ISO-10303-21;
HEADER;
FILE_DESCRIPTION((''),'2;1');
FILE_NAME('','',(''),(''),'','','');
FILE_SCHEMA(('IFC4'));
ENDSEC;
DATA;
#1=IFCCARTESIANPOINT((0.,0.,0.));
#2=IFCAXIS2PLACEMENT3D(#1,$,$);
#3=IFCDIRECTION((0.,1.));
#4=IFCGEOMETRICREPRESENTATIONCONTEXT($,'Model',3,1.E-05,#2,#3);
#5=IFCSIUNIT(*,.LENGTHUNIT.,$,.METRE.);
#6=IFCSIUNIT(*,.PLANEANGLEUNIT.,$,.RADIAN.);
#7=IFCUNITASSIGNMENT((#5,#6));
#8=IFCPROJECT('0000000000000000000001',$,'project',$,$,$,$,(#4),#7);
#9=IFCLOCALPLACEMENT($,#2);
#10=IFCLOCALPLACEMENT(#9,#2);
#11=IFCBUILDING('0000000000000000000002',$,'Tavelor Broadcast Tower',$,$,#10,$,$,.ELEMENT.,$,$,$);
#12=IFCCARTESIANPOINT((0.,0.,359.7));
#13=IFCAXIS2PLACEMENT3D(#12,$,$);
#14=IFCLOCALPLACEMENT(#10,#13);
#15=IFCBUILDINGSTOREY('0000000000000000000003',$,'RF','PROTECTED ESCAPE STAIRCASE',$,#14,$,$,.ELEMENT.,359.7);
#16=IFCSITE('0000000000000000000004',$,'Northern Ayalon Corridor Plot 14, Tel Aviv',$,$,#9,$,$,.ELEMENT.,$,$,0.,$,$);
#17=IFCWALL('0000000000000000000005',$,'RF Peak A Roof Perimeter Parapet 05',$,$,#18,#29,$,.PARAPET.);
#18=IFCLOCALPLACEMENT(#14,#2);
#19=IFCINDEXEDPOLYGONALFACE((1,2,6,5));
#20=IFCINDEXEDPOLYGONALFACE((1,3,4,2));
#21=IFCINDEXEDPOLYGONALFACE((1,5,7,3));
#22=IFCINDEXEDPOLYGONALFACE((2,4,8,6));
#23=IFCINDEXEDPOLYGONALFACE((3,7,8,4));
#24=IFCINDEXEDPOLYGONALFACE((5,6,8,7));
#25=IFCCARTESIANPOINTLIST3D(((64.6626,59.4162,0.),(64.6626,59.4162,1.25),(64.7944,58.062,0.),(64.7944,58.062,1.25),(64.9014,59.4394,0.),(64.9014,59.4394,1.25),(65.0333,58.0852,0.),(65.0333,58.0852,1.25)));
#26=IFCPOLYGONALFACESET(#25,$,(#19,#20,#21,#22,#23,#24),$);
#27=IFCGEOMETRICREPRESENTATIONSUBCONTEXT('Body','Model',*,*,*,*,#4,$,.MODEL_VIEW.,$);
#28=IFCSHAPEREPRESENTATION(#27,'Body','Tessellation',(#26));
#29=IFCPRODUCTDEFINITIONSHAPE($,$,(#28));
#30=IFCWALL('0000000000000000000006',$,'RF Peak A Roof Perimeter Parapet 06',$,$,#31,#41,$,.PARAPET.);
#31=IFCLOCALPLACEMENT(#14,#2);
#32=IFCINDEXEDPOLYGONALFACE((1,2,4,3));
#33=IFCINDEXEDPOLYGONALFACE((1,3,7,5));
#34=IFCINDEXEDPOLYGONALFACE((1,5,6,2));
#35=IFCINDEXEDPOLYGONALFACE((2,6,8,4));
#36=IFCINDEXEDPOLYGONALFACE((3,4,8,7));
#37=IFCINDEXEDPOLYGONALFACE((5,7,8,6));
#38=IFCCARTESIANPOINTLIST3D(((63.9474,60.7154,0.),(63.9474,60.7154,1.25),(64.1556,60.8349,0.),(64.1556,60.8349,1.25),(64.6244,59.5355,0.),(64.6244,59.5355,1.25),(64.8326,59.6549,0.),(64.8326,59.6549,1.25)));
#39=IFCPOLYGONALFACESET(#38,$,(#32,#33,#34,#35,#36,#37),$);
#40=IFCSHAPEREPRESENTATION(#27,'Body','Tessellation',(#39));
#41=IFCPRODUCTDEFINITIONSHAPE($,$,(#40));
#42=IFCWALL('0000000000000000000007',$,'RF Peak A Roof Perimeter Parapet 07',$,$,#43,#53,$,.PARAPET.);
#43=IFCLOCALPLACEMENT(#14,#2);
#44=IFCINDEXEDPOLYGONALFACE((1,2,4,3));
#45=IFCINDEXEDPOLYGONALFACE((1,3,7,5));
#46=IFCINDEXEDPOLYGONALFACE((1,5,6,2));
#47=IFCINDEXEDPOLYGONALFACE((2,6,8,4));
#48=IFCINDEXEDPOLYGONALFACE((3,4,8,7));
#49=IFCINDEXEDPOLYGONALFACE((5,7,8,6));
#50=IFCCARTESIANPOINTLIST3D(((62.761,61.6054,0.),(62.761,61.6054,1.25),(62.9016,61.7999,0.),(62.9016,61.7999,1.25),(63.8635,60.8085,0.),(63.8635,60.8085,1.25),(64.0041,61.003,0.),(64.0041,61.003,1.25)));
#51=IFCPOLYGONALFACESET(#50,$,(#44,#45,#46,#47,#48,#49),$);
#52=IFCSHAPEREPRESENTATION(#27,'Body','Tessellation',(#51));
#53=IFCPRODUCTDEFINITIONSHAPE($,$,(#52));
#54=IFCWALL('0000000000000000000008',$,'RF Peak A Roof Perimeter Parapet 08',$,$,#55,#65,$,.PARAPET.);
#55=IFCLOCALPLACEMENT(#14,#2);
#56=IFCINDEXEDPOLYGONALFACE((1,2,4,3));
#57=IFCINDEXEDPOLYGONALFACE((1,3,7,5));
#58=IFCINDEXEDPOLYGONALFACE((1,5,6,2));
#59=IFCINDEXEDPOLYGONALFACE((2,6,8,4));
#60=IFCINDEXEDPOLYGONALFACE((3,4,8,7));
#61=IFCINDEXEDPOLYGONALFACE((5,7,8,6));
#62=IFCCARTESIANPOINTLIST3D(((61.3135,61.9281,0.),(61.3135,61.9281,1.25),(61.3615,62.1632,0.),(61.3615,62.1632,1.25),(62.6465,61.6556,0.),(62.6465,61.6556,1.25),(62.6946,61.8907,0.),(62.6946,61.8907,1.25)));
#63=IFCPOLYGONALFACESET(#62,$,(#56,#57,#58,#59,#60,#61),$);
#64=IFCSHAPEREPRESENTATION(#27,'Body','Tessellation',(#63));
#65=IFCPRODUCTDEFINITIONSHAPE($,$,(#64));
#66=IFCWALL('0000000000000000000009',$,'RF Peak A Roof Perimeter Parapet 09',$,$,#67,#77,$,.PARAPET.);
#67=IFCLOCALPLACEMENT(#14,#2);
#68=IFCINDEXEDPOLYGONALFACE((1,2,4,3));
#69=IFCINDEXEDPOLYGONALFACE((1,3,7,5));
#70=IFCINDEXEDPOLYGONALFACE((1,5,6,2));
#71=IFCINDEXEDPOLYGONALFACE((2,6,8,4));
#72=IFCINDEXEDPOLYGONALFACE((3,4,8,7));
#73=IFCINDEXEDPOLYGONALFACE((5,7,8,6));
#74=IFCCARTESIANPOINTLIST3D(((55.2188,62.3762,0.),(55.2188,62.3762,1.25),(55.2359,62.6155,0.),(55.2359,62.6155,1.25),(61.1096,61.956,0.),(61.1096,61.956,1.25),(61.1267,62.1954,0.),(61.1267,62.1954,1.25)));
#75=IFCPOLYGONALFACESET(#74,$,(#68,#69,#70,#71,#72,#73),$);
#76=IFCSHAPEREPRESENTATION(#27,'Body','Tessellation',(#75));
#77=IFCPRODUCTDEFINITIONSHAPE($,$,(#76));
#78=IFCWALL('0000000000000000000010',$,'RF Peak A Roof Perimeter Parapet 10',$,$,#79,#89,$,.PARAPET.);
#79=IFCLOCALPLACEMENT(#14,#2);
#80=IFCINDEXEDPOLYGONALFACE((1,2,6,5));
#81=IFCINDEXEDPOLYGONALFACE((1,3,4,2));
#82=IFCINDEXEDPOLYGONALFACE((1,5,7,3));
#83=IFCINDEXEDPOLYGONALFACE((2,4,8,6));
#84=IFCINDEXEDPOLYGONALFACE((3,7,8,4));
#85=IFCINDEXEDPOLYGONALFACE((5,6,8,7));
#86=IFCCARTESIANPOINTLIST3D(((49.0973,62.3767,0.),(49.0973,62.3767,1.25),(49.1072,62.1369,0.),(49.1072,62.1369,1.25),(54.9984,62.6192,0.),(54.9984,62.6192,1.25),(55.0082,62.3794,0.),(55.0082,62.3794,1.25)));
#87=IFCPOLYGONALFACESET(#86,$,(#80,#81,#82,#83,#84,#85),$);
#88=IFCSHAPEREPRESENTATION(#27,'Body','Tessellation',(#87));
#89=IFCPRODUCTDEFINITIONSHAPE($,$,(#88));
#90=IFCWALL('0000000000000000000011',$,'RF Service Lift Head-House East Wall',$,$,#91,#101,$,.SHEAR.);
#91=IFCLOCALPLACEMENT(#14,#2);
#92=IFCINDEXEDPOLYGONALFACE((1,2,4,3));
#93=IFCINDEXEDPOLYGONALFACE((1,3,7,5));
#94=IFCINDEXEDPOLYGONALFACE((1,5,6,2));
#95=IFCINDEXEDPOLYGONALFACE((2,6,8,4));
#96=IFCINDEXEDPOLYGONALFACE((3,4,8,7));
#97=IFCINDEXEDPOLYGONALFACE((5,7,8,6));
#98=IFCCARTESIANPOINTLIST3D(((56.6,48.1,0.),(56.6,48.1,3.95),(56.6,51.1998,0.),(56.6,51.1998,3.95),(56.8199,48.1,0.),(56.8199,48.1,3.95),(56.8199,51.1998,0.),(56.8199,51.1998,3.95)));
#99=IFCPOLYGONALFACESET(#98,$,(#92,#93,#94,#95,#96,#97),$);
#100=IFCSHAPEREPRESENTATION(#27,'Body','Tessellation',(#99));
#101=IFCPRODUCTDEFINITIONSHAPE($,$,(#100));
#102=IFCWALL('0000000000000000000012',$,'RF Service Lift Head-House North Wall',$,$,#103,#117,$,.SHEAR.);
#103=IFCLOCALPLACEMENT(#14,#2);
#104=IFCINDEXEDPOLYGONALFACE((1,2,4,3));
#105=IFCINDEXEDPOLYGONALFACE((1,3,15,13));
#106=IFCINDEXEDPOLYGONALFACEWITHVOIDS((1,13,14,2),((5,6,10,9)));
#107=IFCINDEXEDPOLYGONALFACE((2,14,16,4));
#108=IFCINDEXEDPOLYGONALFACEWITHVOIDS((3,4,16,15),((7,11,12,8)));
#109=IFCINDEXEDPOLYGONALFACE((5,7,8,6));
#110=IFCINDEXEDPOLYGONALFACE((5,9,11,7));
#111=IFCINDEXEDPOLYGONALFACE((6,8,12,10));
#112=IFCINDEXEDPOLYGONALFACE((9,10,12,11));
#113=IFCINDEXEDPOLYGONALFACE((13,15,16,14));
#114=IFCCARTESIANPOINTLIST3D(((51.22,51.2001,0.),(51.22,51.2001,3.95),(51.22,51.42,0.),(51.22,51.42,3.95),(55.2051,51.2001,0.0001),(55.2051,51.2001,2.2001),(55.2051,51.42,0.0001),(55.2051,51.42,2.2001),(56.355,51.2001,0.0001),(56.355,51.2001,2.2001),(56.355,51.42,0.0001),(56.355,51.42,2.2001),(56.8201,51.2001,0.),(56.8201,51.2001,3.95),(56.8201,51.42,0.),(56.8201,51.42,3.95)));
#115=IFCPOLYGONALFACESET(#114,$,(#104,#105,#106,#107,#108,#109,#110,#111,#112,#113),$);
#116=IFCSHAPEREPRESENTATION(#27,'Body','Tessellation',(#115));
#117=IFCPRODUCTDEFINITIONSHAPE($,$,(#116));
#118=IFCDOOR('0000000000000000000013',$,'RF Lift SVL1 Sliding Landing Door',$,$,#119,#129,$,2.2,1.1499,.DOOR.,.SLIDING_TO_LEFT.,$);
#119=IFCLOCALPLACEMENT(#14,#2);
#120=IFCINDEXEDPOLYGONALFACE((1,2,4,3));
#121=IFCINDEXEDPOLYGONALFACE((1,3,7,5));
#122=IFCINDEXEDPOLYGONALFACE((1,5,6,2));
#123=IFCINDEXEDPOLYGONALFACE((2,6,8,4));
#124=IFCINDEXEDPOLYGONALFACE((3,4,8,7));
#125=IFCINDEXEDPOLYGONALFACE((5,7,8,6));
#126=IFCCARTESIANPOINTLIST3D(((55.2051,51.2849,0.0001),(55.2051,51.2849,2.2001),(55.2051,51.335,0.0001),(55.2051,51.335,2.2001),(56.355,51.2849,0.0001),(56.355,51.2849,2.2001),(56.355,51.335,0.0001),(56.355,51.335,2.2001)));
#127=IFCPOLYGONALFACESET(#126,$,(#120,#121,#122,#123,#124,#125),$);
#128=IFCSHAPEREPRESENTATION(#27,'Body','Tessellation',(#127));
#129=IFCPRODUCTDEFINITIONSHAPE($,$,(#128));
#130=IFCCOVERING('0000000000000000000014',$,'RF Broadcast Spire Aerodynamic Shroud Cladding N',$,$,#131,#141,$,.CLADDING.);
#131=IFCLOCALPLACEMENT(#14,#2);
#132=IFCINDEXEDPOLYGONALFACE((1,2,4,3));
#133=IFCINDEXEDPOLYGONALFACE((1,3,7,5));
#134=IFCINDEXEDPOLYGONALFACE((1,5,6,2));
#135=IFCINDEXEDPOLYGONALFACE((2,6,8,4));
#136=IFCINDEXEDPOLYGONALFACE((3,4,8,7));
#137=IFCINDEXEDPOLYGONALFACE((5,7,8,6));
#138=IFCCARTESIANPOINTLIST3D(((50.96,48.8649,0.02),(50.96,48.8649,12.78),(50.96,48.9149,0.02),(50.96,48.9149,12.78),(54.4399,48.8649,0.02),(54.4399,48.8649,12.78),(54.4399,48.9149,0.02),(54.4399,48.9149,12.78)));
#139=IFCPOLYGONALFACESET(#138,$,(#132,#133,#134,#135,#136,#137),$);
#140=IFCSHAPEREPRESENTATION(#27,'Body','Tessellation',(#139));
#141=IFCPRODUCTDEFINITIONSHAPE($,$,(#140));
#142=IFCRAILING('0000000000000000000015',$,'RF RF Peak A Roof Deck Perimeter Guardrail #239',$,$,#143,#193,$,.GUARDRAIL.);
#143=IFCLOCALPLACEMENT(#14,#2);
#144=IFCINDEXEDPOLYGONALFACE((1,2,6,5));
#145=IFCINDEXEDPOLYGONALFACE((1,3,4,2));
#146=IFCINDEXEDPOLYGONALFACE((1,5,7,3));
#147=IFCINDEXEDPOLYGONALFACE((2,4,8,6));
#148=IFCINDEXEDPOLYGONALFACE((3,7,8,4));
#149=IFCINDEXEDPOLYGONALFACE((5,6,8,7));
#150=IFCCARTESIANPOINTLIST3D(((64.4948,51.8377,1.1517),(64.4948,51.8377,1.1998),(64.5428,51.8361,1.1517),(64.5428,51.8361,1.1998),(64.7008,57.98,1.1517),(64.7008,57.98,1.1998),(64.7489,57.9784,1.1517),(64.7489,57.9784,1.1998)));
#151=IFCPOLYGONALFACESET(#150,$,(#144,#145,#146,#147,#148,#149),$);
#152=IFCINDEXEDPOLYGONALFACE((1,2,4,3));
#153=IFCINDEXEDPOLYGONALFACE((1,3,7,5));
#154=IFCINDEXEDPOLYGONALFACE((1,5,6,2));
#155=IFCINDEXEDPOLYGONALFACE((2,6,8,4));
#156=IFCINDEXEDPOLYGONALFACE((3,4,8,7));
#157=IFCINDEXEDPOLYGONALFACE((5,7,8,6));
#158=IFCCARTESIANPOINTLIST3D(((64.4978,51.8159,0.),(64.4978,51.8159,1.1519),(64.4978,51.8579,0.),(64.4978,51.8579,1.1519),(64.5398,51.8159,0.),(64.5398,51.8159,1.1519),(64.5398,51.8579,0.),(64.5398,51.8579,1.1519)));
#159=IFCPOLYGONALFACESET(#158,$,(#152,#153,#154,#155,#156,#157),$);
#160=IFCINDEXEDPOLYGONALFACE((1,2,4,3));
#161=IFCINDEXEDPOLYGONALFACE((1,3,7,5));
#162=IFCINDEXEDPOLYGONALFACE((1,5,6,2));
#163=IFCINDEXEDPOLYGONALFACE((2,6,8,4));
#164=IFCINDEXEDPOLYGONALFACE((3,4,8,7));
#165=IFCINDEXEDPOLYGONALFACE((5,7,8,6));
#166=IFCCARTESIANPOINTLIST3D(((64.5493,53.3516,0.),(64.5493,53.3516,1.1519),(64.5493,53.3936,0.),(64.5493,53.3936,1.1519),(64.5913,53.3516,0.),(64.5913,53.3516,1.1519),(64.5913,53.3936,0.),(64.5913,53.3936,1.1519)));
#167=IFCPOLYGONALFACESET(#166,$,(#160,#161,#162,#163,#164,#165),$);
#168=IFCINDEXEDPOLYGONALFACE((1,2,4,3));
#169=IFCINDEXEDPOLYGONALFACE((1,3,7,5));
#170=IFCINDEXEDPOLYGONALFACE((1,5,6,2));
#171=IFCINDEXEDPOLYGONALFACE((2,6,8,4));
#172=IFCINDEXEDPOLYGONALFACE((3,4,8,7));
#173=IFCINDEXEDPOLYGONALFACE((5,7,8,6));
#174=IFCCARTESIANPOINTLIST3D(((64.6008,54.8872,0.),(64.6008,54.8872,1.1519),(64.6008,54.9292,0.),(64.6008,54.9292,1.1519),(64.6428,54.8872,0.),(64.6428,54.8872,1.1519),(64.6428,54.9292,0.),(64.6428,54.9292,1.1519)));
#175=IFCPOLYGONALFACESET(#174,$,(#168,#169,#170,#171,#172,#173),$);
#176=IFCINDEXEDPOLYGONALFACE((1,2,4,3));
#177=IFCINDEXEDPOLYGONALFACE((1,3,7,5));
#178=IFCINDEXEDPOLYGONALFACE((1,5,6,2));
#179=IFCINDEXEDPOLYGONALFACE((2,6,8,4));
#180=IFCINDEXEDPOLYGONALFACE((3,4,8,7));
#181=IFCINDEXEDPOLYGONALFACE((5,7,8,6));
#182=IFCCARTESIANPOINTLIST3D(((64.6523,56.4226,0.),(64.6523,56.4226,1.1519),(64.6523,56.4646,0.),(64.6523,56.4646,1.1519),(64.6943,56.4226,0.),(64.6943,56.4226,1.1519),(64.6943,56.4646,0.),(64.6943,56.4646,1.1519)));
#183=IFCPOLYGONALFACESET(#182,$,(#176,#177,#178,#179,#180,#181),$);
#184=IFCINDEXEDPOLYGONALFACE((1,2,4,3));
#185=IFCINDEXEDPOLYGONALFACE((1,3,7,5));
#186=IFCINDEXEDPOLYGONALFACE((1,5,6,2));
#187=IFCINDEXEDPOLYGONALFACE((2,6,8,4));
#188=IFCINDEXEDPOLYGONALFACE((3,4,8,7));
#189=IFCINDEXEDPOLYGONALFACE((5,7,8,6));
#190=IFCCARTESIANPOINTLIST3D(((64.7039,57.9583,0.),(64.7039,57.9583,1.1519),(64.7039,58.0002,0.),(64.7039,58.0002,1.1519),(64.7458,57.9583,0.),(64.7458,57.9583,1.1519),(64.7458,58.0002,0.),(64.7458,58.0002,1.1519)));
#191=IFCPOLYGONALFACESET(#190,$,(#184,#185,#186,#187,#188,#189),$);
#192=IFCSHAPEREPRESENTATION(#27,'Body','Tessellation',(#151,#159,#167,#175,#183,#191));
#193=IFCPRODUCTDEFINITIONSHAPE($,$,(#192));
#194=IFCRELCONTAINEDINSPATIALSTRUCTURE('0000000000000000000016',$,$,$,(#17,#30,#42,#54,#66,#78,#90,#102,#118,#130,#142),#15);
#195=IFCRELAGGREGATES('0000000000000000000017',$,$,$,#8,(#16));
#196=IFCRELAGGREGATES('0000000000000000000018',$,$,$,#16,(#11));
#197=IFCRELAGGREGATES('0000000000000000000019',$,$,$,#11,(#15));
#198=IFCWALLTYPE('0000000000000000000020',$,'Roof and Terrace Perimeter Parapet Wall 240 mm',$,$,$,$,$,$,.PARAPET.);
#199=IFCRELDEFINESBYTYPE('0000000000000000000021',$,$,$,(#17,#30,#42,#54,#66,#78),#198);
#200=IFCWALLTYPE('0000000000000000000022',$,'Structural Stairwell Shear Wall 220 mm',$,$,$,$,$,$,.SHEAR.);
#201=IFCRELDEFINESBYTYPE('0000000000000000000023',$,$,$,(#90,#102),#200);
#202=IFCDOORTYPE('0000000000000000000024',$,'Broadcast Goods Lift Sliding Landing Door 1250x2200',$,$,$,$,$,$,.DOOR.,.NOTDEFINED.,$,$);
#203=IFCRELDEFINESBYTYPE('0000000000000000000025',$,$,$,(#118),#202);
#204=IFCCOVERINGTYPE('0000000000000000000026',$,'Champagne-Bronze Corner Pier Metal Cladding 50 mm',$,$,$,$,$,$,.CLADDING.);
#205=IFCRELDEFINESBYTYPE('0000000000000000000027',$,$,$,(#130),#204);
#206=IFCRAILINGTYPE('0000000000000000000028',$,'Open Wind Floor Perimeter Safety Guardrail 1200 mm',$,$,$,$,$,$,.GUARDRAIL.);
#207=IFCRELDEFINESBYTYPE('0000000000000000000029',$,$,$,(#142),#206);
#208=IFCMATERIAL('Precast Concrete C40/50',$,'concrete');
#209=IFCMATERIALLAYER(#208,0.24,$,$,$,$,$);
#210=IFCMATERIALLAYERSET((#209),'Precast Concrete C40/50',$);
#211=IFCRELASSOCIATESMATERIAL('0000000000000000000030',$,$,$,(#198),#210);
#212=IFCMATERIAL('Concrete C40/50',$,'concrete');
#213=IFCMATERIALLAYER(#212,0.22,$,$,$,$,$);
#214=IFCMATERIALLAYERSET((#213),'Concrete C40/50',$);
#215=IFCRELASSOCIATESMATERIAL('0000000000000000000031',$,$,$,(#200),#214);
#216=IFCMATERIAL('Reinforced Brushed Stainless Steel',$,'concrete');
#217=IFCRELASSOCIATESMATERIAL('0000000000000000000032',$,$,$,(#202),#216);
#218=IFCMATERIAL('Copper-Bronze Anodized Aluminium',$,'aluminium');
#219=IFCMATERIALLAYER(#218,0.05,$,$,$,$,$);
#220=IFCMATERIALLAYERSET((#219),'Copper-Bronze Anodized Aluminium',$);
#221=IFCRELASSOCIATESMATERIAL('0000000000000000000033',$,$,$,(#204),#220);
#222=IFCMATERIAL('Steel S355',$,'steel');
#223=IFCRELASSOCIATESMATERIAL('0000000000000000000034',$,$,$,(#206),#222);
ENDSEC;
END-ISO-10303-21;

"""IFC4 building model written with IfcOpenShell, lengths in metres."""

from ifc_helpers import new_model, si_unit, direction, frame, frame_2d, origin, origin_2d, place, context, subcontext, project, spatial, rectangle, extrude, material, layer, layer_set, type_object, element, fill, save


model = new_model("IFC4")

# Units and contexts
model_context = context("Model", 3, precision=1e-05, world=origin(), true_north=direction((0.0, 1.0)))
body_context = subcontext(model_context, "Body", "Model", "MODEL_VIEW")
ifc_project = project(units=[si_unit("LENGTHUNIT", "METRE"), si_unit("PLANEANGLEUNIT", "RADIAN")], contexts=[model_context])

# Site, building, storey
site_placement = place(None, origin())
site = spatial("IfcSite", under=ifc_project, at=site_placement, Name="Northern Ayalon Corridor Plot 14, Tel Aviv", CompositionType="ELEMENT", RefElevation=0.0)
building_placement = place(site_placement, origin())
building = spatial("IfcBuilding", under=site, at=building_placement, Name="Tavelor Broadcast Tower", CompositionType="ELEMENT")
storey_placement = place(building_placement, frame((0.0, 0.0, 359.7)))
storey = spatial("IfcBuildingStorey", under=building, at=storey_placement, Name="RF", Description="PROTECTED ESCAPE STAIRCASE", CompositionType="ELEMENT", Elevation=359.7)

# Shared definitions
ifc_material_1 = material(Name="Steel S355", Category="steel")

# Walls
ifc_material_2 = material(Name="Precast Concrete C40/50", Category="concrete")
ifc_layer_1 = layer(ifc_material_2, 0.24)
ifc_layer_set_1 = layer_set([ifc_layer_1], Name="Precast Concrete C40/50")
wall_type_1 = type_object("IfcWallType", Name="Roof and Terrace Perimeter Parapet Wall 240 mm", PredefinedType="PARAPET", material=ifc_layer_set_1)
wall_1_placement = place(storey_placement, frame((64.9138, 58.0737, 0.0), z_axis=(0.0, 0.0, 1.0), x_axis=(-0.096892, 0.995295, 0.0)))
element("IfcWall", 1, at=wall_1_placement, inside=storey, type_object=wall_type_1, Name="RF Peak A Roof Perimeter Parapet 05", PredefinedType="PARAPET", context=body_context, shape_type="SweptSolid", body=[
    extrude(rectangle(XDim=1.3606, YDim=0.24, at=frame_2d((0.6802, 0.0))), origin(), (0.0, 0.0, 1.0), 1.25),
])
for number, where, z_axis, x_axis, name in (
    (2, (64.7285, 59.5952, 0.0), (0.0, 0.0, 1.0), (-0.497665, 0.867369, 0.0), "RF Peak A Roof Perimeter Parapet 06"),
    (3, (63.9338, 60.9058, 0.0), (0.0, 0.0, 1.0), (-0.810471, 0.585779, 0.0), "RF Peak A Roof Perimeter Parapet 07"),
):
    element("IfcWall", number, at=place(storey_placement, frame(where, z_axis=z_axis, x_axis=x_axis)), inside=storey, type_object=wall_type_1, Name=name, PredefinedType="PARAPET", context=body_context, shape_type="SweptSolid", body=[
        extrude(rectangle(XDim=1.3604, YDim=0.24, at=frame_2d((0.6802, 0.0))), origin(), (0.0, 0.0, 1.0), 1.25),
    ])
wall_2_placement = place(storey_placement, frame((62.6704, 61.7732, 0.0), z_axis=(0.0, 0.0, 1.0), x_axis=(-0.979744, 0.200255, 0.0)))
element("IfcWall", 4, at=wall_2_placement, inside=storey, type_object=wall_type_1, Name="RF Peak A Roof Perimeter Parapet 08", PredefinedType="PARAPET", context=body_context, shape_type="SweptSolid", body=[
    extrude(rectangle(XDim=1.3606, YDim=0.24, at=frame_2d((0.6802, 0.0))), origin(), (0.0, 0.0, 1.0), 1.25),
])
wall_3_placement = place(storey_placement, frame((61.1182, 62.0757, 0.0), z_axis=(0.0, 0.0, 1.0), x_axis=(-0.997466, 0.071144, 0.0)))
element("IfcWall", 5, at=wall_3_placement, inside=storey, type_object=wall_type_1, Name="RF Peak A Roof Perimeter Parapet 09", PredefinedType="PARAPET", context=body_context, shape_type="SweptSolid", body=[
    extrude(rectangle(XDim=5.9058, YDim=0.24, at=frame_2d((2.9529, 0.0))), origin(), (0.0, 0.0, 1.0), 1.25),
])
wall_4_placement = place(storey_placement, frame((55.0034, 62.4993, 0.0), z_axis=(0.0, 0.0, 1.0), x_axis=(-0.999157, -0.041048, 0.0)))
element("IfcWall", 6, at=wall_4_placement, inside=storey, type_object=wall_type_1, Name="RF Peak A Roof Perimeter Parapet 10", PredefinedType="PARAPET", context=body_context, shape_type="SweptSolid", body=[
    extrude(rectangle(XDim=5.906, YDim=0.24, at=frame_2d((2.9531, 0.0))), origin(), (0.0, 0.0, 1.0), 1.25),
])
ifc_material_3 = material(Name="Concrete C40/50", Category="concrete")
ifc_layer_2 = layer(ifc_material_3, 0.22)
ifc_layer_set_2 = layer_set([ifc_layer_2], Name="Concrete C40/50")
wall_type_2 = type_object("IfcWallType", Name="Structural Stairwell Shear Wall 220 mm", PredefinedType="SHEAR", material=ifc_layer_set_2)
wall_5_placement = place(storey_placement, frame((56.71, 48.1001, 0.0), z_axis=(0.0, 0.0, 1.0), x_axis=(0.0, 1.0, 0.0)))
element("IfcWall", 7, at=wall_5_placement, inside=storey, type_object=wall_type_2, Name="RF Service Lift Head-House East Wall", PredefinedType="SHEAR", context=body_context, shape_type="SweptSolid", body=[
    extrude(rectangle(XDim=3.0999, YDim=0.22, at=frame_2d((1.5498, 0.0))), origin(), (0.0, 0.0, 1.0), 3.95),
])

# Wall, opening, door
wall_6_placement = place(storey_placement, frame((51.22, 51.3101, 0.0), z_axis=(0.0, 0.0, 1.0), x_axis=(1.0, 0.0, 0.0)))
wall_6 = element("IfcWall", 8, at=wall_6_placement, inside=storey, type_object=wall_type_2, Name="RF Service Lift Head-House North Wall", PredefinedType="SHEAR", context=body_context, shape_type="SweptSolid", body=[
    extrude(rectangle(XDim=5.6001, YDim=0.22, at=frame_2d((2.8, 0.0))), origin(), (0.0, 0.0, 1.0), 3.95),
])
opening_placement = place(wall_6_placement, frame((3.9851, 0.0, 0.0)))
opening = element("IfcOpeningElement", 9, at=opening_placement, cuts=wall_6, PredefinedType="OPENING", context=body_context, shape_type="SweptSolid", body=[
    extrude(rectangle(XDim=1.1499, YDim=2.2, at=frame_2d((0.575, 1.1001))), frame((0.0, 0.1201, 0.0), z_axis=(0.0, -1.0, 0.0), x_axis=(1.0, 0.0, 0.0)), (0.0, 0.0, 1.0), 0.24),
])
ifc_material_4 = material(Name="Reinforced Brushed Stainless Steel", Category="concrete")
door_type = type_object("IfcDoorType", Name="Broadcast Goods Lift Sliding Landing Door 1250x2200", OperationType="NOTDEFINED", PredefinedType="DOOR", material=ifc_material_4)
door_placement = place(opening_placement, origin())
door = element("IfcDoor", 10, at=door_placement, inside=storey, type_object=door_type, Name="RF Lift SVL1 Sliding Landing Door", OperationType="SLIDING_TO_LEFT", OverallHeight=2.2, OverallWidth=1.1499, PredefinedType="DOOR", context=body_context, shape_type="SweptSolid", body=[
    extrude(rectangle(XDim=1.1499, YDim=2.2, at=frame_2d((0.575, 1.1001))), frame((0.0, 0.0249, 0.0), z_axis=(0.0, -1.0, 0.0), x_axis=(1.0, 0.0, 0.0)), (0.0, 0.0, 1.0), 0.05),
])
fill(opening, door)

# Covering
ifc_material_5 = material(Name="Copper-Bronze Anodized Aluminium", Category="aluminium")
ifc_layer_3 = layer(ifc_material_5, 0.05)
ifc_layer_set_3 = layer_set([ifc_layer_3], Name="Copper-Bronze Anodized Aluminium")
covering_type = type_object("IfcCoveringType", Name="Champagne-Bronze Corner Pier Metal Cladding 50 mm", PredefinedType="CLADDING", material=ifc_layer_set_3)
covering_placement = place(storey_placement, frame((52.7, 48.8899, 0.02), z_axis=(0.0, 0.0, 1.0), x_axis=(1.0, 0.0, 0.0)))
element("IfcCovering", 11, at=covering_placement, inside=storey, type_object=covering_type, Name="RF Broadcast Spire Aerodynamic Shroud Cladding N", PredefinedType="CLADDING", context=body_context, shape_type="SweptSolid", body=[
    extrude(rectangle(XDim=3.48, YDim=0.05, at=origin_2d()), origin(), (0.0, 0.0, 1.0), 12.76),
])

# Railing
railing_type = type_object("IfcRailingType", Name="Open Wind Floor Perimeter Safety Guardrail 1200 mm", PredefinedType="GUARDRAIL", material=ifc_material_1)
railing_1_placement = place(storey_placement, frame((64.5188, 51.8369, 0.0)))
element("IfcRailing", 12, at=railing_1_placement, inside=storey, type_object=railing_type, Name="RF RF Peak A Roof Deck Perimeter Guardrail #239", PredefinedType="GUARDRAIL", context=body_context, shape_type="SweptSolid", body=[
    extrude(rectangle(XDim=0.0481, YDim=0.0481, at=origin_2d()), frame((0.0, 0.0, 1.1758), z_axis=(0.033528, 0.999438, 0.0), x_axis=(-0.999438, 0.033528, 0.0)), (0.0, 0.0, 1.0), 6.1458),
    extrude(rectangle(XDim=0.042, YDim=0.042, at=origin_2d()), origin(), (0.0, 0.0, 1.0), 1.1519),
    extrude(rectangle(XDim=0.042, YDim=0.042, at=origin_2d()), frame((0.0515, 1.5356, 0.0)), (0.0, 0.0, 1.0), 1.1519),
    extrude(rectangle(XDim=0.042, YDim=0.042, at=origin_2d()), frame((0.103, 3.0713, 0.0)), (0.0, 0.0, 1.0), 1.1519),
    extrude(rectangle(XDim=0.042, YDim=0.042, at=origin_2d()), frame((0.1545, 4.6067, 0.0)), (0.0, 0.0, 1.0), 1.1519),
    extrude(rectangle(XDim=0.042, YDim=0.042, at=origin_2d()), frame((0.2061, 6.1423, 0.0)), (0.0, 0.0, 1.0), 1.1519),
])

save(model, "model.ifc")
